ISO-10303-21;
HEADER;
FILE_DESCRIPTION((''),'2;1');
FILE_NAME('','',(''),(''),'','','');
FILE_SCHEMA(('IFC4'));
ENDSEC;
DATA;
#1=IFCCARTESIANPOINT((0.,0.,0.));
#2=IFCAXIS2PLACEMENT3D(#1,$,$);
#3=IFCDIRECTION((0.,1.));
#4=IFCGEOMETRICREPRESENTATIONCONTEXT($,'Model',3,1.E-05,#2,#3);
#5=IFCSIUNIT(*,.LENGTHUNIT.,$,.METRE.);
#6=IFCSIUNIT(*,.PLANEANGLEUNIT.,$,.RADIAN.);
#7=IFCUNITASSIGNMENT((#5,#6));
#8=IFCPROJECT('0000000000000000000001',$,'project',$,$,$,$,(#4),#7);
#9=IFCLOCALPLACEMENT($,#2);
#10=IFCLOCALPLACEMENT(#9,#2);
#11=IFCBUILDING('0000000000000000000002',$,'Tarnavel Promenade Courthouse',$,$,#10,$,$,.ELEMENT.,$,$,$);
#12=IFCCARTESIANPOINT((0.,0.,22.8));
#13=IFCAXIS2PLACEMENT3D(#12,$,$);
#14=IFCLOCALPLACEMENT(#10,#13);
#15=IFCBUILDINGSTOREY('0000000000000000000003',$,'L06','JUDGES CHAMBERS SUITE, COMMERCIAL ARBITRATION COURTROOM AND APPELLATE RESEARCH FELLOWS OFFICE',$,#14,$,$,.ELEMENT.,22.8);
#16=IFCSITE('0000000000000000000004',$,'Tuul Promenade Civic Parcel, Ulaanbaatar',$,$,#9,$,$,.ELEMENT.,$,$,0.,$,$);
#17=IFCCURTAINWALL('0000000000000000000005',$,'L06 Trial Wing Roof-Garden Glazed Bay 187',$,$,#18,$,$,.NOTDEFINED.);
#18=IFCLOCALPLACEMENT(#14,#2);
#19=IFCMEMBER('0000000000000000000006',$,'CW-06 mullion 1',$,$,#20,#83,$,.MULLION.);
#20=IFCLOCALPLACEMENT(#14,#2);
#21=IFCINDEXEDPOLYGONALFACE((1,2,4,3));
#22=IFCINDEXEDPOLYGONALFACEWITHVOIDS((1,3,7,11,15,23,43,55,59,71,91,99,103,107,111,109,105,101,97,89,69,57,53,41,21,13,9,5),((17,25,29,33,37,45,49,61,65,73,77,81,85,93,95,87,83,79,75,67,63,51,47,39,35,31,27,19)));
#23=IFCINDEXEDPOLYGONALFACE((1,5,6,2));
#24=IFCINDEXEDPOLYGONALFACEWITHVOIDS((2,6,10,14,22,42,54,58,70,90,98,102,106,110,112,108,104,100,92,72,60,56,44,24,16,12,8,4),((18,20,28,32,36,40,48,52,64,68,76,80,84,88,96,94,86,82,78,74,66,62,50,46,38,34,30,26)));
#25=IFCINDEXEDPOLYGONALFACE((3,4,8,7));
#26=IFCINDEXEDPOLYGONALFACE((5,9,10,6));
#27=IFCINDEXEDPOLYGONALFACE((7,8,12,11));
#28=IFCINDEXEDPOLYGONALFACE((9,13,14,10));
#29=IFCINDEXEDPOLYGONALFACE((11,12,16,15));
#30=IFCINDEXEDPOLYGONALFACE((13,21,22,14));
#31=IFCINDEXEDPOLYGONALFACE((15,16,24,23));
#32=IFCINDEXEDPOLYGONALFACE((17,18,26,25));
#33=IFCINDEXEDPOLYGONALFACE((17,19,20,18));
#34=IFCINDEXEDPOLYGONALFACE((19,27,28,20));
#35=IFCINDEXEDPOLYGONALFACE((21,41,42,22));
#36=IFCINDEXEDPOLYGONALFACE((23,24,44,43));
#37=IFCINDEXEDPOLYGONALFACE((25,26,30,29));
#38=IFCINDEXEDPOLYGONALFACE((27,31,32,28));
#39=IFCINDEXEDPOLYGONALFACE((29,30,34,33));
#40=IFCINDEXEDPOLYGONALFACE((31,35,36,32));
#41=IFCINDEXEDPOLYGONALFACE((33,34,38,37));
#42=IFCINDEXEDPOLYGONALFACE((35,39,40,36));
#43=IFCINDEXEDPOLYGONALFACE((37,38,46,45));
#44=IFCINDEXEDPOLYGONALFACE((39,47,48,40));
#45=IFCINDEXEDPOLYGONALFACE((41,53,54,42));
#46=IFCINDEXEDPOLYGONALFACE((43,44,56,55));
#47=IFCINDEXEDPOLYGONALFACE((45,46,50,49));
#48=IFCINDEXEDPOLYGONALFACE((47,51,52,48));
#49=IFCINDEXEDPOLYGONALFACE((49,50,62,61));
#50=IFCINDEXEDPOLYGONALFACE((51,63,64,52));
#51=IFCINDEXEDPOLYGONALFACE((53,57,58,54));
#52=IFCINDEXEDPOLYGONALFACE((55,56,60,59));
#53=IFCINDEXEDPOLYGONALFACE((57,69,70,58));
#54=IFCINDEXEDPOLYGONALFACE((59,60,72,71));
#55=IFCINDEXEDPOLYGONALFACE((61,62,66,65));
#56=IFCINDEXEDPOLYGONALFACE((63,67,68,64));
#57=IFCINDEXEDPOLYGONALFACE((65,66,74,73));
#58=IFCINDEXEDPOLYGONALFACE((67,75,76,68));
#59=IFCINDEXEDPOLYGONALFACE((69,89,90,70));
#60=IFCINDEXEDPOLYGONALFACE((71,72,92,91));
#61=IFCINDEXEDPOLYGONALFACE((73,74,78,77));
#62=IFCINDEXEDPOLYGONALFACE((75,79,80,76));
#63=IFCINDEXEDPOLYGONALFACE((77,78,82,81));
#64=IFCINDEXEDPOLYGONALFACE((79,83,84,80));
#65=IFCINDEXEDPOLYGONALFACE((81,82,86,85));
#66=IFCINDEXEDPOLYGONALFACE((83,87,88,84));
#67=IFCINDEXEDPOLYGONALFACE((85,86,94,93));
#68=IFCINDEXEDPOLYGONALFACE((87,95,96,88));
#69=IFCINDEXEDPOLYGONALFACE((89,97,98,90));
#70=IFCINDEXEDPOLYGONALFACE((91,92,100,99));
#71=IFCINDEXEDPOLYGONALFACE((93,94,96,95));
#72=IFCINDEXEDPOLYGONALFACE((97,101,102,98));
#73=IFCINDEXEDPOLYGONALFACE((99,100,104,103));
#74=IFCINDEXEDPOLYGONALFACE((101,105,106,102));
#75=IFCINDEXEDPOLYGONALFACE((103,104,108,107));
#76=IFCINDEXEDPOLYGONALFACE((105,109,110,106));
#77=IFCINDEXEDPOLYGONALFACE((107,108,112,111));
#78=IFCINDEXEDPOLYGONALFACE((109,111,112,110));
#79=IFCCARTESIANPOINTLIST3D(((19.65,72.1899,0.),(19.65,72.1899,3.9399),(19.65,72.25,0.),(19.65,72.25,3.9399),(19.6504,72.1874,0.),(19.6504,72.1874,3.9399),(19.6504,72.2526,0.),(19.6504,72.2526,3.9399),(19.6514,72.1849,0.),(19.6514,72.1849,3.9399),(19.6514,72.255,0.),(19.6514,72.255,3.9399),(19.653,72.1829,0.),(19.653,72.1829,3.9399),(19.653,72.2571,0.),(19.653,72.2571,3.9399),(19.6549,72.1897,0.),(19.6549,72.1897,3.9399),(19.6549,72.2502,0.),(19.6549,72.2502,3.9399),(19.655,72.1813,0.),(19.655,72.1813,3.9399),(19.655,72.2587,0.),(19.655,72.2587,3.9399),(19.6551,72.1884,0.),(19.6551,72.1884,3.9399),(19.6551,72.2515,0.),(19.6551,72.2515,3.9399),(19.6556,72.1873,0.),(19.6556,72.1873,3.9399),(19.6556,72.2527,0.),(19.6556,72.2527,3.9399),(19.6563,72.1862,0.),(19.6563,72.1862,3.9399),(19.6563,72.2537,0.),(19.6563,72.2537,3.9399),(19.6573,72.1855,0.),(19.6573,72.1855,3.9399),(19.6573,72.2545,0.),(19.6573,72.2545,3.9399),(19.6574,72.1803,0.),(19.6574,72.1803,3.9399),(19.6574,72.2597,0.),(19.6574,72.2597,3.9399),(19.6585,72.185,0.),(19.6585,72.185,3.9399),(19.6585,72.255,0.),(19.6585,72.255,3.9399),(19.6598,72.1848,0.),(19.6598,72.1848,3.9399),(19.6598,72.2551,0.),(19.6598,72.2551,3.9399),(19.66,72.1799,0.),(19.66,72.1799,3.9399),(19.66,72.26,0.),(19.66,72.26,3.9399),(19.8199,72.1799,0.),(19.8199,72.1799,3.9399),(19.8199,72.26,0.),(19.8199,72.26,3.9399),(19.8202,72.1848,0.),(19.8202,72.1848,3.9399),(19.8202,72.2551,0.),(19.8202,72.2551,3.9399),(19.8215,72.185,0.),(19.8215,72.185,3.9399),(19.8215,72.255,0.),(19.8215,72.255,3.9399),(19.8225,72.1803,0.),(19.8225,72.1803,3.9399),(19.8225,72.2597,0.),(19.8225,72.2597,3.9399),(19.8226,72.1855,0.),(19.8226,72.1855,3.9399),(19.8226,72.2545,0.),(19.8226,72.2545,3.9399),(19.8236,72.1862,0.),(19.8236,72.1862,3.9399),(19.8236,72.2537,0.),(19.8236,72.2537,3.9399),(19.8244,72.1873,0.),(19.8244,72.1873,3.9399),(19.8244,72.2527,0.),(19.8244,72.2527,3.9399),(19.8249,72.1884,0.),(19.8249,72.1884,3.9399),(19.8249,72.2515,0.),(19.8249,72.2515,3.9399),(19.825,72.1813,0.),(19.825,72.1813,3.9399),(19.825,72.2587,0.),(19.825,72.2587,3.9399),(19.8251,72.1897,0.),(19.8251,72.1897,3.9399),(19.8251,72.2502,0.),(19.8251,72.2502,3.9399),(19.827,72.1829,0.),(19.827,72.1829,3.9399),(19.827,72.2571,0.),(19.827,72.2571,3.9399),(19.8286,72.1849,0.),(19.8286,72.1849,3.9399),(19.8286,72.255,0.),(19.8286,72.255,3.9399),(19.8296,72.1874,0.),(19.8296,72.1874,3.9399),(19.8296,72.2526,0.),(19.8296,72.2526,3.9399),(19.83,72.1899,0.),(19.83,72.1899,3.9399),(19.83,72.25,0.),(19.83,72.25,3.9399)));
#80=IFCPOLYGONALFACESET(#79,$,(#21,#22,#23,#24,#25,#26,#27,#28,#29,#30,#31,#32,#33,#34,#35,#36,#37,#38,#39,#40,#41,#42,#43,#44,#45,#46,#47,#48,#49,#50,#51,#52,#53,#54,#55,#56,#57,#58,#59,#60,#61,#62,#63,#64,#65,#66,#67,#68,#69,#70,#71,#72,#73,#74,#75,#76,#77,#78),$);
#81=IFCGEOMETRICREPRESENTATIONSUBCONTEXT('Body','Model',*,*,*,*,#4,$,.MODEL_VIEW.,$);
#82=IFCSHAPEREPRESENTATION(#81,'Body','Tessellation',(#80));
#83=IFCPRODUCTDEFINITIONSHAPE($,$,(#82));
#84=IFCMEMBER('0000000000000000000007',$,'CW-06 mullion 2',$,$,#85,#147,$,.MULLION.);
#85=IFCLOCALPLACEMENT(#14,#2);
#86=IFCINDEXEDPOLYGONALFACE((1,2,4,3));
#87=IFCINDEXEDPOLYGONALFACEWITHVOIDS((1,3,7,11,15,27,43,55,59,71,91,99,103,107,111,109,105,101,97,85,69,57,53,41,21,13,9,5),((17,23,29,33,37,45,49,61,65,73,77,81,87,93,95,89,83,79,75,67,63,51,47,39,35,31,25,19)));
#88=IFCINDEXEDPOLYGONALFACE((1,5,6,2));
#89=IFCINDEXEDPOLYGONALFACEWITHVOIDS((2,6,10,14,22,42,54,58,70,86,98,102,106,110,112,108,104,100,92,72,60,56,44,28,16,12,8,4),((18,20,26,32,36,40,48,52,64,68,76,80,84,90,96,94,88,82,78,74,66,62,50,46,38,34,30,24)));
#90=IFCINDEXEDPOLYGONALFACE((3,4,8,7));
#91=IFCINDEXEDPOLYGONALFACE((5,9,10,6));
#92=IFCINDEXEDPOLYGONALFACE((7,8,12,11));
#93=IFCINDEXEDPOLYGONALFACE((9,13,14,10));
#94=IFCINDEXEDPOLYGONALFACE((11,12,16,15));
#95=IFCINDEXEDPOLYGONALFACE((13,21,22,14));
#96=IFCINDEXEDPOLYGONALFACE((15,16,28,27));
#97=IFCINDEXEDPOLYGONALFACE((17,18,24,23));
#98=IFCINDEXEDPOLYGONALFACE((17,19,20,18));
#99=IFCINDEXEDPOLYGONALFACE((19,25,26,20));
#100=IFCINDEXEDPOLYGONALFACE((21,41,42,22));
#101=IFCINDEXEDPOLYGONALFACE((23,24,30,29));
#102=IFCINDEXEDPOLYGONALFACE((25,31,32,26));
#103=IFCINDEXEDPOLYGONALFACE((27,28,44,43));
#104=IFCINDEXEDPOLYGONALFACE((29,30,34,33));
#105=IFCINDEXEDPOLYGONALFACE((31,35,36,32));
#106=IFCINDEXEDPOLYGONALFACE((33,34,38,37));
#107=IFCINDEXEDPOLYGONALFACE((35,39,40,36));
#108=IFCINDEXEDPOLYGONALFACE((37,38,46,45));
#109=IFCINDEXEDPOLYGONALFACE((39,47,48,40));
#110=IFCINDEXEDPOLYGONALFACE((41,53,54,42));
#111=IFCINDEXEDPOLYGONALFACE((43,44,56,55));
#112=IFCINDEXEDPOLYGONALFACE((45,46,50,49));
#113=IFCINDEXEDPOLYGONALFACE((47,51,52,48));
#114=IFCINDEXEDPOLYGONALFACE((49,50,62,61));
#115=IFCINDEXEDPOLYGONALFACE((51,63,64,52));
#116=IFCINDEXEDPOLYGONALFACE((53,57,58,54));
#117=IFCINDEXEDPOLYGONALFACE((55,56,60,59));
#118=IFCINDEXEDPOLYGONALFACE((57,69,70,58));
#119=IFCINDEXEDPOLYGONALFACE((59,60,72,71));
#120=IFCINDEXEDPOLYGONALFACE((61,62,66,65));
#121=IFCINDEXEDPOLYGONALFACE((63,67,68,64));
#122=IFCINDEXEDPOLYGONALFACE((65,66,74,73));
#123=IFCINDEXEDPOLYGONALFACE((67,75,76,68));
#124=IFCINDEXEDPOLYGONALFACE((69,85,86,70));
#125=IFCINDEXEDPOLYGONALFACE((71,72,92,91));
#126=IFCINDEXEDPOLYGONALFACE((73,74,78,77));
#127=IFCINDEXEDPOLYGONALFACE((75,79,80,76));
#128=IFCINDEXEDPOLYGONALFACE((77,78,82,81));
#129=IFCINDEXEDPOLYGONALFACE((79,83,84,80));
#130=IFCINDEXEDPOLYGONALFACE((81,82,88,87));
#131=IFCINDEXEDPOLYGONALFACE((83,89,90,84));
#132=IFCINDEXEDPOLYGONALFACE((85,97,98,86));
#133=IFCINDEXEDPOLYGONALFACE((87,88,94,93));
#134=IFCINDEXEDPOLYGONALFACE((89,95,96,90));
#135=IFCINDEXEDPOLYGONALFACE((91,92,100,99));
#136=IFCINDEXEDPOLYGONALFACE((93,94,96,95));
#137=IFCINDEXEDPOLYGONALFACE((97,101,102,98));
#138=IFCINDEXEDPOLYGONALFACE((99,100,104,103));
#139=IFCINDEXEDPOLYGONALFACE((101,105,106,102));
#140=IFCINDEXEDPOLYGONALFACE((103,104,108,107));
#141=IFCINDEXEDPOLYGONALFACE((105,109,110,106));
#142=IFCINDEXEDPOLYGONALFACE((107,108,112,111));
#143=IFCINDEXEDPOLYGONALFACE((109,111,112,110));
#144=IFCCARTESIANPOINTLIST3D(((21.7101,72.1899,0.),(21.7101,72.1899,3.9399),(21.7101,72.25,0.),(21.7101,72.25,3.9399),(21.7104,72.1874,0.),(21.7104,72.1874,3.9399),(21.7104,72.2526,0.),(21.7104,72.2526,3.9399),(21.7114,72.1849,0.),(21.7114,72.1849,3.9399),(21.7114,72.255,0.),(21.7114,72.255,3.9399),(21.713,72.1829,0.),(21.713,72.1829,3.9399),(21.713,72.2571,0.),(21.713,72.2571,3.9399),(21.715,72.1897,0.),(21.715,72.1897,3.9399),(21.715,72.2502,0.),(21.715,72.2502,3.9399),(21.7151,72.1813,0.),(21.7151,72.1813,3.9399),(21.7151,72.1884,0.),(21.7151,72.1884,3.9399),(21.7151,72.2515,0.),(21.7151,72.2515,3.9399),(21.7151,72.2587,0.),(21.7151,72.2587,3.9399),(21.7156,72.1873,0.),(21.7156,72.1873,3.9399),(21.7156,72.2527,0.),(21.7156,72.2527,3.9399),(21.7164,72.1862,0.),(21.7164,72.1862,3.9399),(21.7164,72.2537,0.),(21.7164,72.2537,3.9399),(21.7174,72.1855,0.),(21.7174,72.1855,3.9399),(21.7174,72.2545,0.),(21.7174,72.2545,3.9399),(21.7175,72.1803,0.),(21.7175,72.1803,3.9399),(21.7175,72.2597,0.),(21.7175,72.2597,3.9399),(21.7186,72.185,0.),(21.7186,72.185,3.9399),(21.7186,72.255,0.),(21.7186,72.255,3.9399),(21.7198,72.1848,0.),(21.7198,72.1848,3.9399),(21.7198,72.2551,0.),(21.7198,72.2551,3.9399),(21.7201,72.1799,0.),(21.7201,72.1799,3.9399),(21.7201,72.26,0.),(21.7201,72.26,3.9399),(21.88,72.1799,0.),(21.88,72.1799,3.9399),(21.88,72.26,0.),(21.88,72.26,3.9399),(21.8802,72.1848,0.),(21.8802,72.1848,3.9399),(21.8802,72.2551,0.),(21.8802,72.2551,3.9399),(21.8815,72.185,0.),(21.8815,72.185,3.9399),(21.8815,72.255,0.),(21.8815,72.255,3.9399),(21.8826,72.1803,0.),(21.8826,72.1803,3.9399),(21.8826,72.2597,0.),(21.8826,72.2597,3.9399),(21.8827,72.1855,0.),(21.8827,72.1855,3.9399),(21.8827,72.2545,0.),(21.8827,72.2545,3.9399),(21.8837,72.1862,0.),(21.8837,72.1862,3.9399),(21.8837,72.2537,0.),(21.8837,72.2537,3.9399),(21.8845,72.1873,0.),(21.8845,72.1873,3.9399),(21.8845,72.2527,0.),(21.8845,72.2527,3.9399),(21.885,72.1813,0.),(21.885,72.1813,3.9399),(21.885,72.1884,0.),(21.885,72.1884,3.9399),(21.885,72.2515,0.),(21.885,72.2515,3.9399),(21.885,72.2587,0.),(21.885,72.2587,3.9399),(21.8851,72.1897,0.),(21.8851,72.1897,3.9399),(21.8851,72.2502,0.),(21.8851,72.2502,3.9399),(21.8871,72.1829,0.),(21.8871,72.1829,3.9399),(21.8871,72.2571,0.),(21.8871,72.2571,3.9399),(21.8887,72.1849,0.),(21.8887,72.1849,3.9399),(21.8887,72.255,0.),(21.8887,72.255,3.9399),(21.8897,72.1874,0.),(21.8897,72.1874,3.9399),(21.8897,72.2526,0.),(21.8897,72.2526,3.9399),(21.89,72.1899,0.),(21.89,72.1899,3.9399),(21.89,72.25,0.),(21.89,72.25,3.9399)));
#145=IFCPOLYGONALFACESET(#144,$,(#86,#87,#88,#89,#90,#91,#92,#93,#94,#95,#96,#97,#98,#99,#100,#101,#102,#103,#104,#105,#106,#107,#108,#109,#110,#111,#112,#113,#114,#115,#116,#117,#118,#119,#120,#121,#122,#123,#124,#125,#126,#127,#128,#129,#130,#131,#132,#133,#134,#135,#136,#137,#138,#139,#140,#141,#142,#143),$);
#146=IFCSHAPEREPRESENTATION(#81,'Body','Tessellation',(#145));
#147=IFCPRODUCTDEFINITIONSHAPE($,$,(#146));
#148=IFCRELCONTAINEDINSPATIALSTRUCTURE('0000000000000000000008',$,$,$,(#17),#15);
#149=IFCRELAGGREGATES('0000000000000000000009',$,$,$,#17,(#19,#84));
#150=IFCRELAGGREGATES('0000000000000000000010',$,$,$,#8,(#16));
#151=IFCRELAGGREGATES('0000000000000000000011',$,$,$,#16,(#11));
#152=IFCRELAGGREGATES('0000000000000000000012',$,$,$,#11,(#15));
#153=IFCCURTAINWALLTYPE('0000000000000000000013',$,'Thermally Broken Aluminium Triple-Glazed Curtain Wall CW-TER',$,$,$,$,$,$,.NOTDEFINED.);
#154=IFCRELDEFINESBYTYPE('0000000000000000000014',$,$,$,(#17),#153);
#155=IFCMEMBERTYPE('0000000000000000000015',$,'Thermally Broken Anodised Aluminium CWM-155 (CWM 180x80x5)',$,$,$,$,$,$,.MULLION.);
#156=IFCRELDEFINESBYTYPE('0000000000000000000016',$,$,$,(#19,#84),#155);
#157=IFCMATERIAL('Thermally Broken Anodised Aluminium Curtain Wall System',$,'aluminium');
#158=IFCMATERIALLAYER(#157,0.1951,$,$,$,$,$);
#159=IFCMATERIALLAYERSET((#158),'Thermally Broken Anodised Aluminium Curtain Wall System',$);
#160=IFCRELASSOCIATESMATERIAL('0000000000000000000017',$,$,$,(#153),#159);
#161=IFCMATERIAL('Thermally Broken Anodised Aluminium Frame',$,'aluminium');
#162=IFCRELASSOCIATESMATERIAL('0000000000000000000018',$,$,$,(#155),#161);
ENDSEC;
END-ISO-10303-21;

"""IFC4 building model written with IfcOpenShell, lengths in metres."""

from ifc_helpers import new_model, si_unit, direction, frame, origin, origin_2d, place, context, subcontext, project, spatial, hollow_rectangle, extrude, material, layer, layer_set, material_profile, profile_set, type_object, element, aggregate, save


model = new_model("IFC4")

# Units and contexts
model_context = context("Model", 3, precision=1e-05, world=origin(), true_north=direction((0.0, 1.0)))
body_context = subcontext(model_context, "Body", "Model", "MODEL_VIEW")
ifc_project = project(units=[si_unit("LENGTHUNIT", "METRE"), si_unit("PLANEANGLEUNIT", "RADIAN")], contexts=[model_context])

# Site, building, storey
site_placement = place(None, origin())
site = spatial("IfcSite", under=ifc_project, at=site_placement, Name="Tuul Promenade Civic Parcel, Ulaanbaatar", CompositionType="ELEMENT", RefElevation=0.0)
building_placement = place(site_placement, origin())
building = spatial("IfcBuilding", under=site, at=building_placement, Name="Tarnavel Promenade Courthouse", CompositionType="ELEMENT")
storey_placement = place(building_placement, frame((0.0, 0.0, 22.8)))
storey = spatial("IfcBuildingStorey", under=building, at=storey_placement, Name="L06", Description="JUDGES CHAMBERS SUITE, COMMERCIAL ARBITRATION COURTROOM AND APPELLATE RESEARCH FELLOWS OFFICE", CompositionType="ELEMENT", Elevation=22.8)

# Shared definitions
ifc_material_1 = material(Name="Thermally Broken Anodised Aluminium Curtain Wall System", Category="aluminium")
ifc_layer_1 = layer(ifc_material_1, 0.1951)
ifc_layer_set_1 = layer_set([ifc_layer_1], Name="Thermally Broken Anodised Aluminium Curtain Wall System")
curtain_wall_type = type_object("IfcCurtainWallType", Name="Thermally Broken Aluminium Triple-Glazed Curtain Wall CW-TER", PredefinedType="NOTDEFINED", material=ifc_layer_set_1)
ifc_material_2 = material(Name="Thermally Broken Anodised Aluminium Frame", Category="aluminium")
ifc_material_profile_1 = material_profile(ifc_material_2, hollow_rectangle(XDim=0.0801, YDim=0.1799, WallThickness=0.0049, InnerFilletRadius=0.0049, OuterFilletRadius=0.01, at=origin_2d()), Name="CWM 180x80x5")
ifc_profile_set_1 = profile_set([ifc_material_profile_1], Name="Thermally Broken Anodised Aluminium Frame")
member_type_1 = type_object("IfcMemberType", Name="Thermally Broken Anodised Aluminium CWM-155 (CWM 180x80x5)", PredefinedType="MULLION", material=ifc_profile_set_1)

# Curtain wall, members
curtain_wall_1_placement = place(storey_placement, origin())
curtain_wall_1 = element("IfcCurtainWall", 1, at=curtain_wall_1_placement, inside=storey, type_object=curtain_wall_type, Name="L06 Trial Wing Roof-Garden Glazed Bay 187", PredefinedType="NOTDEFINED")
member_1_placement = place(storey_placement, frame((19.74, 72.22, 0.0), z_axis=(0.0, 0.0, 1.0), x_axis=(0.0, 1.0, 0.0)))
member_1 = element("IfcMember", 2, at=member_1_placement, type_object=member_type_1, Name="CW-06 mullion 1", PredefinedType="MULLION", context=body_context, shape_type="SweptSolid", body=[
    extrude(hollow_rectangle(XDim=0.0801, YDim=0.1799, WallThickness=0.0049, InnerFilletRadius=0.0049, OuterFilletRadius=0.01, at=origin_2d()), origin(), (0.0, 0.0, 1.0), 3.9399),
])
member_2_placement = place(storey_placement, frame((21.8, 72.22, 0.0), z_axis=(0.0, 0.0, 1.0), x_axis=(0.0, 1.0, 0.0)))
member_2 = element("IfcMember", 3, at=member_2_placement, type_object=member_type_1, Name="CW-06 mullion 2", PredefinedType="MULLION", context=body_context, shape_type="SweptSolid", body=[
    extrude(hollow_rectangle(XDim=0.0801, YDim=0.1799, WallThickness=0.0049, InnerFilletRadius=0.0049, OuterFilletRadius=0.01, at=origin_2d()), origin(), (0.0, 0.0, 1.0), 3.9399),
])

aggregate(curtain_wall_1, [member_1, member_2])

save(model, "model.ifc")
